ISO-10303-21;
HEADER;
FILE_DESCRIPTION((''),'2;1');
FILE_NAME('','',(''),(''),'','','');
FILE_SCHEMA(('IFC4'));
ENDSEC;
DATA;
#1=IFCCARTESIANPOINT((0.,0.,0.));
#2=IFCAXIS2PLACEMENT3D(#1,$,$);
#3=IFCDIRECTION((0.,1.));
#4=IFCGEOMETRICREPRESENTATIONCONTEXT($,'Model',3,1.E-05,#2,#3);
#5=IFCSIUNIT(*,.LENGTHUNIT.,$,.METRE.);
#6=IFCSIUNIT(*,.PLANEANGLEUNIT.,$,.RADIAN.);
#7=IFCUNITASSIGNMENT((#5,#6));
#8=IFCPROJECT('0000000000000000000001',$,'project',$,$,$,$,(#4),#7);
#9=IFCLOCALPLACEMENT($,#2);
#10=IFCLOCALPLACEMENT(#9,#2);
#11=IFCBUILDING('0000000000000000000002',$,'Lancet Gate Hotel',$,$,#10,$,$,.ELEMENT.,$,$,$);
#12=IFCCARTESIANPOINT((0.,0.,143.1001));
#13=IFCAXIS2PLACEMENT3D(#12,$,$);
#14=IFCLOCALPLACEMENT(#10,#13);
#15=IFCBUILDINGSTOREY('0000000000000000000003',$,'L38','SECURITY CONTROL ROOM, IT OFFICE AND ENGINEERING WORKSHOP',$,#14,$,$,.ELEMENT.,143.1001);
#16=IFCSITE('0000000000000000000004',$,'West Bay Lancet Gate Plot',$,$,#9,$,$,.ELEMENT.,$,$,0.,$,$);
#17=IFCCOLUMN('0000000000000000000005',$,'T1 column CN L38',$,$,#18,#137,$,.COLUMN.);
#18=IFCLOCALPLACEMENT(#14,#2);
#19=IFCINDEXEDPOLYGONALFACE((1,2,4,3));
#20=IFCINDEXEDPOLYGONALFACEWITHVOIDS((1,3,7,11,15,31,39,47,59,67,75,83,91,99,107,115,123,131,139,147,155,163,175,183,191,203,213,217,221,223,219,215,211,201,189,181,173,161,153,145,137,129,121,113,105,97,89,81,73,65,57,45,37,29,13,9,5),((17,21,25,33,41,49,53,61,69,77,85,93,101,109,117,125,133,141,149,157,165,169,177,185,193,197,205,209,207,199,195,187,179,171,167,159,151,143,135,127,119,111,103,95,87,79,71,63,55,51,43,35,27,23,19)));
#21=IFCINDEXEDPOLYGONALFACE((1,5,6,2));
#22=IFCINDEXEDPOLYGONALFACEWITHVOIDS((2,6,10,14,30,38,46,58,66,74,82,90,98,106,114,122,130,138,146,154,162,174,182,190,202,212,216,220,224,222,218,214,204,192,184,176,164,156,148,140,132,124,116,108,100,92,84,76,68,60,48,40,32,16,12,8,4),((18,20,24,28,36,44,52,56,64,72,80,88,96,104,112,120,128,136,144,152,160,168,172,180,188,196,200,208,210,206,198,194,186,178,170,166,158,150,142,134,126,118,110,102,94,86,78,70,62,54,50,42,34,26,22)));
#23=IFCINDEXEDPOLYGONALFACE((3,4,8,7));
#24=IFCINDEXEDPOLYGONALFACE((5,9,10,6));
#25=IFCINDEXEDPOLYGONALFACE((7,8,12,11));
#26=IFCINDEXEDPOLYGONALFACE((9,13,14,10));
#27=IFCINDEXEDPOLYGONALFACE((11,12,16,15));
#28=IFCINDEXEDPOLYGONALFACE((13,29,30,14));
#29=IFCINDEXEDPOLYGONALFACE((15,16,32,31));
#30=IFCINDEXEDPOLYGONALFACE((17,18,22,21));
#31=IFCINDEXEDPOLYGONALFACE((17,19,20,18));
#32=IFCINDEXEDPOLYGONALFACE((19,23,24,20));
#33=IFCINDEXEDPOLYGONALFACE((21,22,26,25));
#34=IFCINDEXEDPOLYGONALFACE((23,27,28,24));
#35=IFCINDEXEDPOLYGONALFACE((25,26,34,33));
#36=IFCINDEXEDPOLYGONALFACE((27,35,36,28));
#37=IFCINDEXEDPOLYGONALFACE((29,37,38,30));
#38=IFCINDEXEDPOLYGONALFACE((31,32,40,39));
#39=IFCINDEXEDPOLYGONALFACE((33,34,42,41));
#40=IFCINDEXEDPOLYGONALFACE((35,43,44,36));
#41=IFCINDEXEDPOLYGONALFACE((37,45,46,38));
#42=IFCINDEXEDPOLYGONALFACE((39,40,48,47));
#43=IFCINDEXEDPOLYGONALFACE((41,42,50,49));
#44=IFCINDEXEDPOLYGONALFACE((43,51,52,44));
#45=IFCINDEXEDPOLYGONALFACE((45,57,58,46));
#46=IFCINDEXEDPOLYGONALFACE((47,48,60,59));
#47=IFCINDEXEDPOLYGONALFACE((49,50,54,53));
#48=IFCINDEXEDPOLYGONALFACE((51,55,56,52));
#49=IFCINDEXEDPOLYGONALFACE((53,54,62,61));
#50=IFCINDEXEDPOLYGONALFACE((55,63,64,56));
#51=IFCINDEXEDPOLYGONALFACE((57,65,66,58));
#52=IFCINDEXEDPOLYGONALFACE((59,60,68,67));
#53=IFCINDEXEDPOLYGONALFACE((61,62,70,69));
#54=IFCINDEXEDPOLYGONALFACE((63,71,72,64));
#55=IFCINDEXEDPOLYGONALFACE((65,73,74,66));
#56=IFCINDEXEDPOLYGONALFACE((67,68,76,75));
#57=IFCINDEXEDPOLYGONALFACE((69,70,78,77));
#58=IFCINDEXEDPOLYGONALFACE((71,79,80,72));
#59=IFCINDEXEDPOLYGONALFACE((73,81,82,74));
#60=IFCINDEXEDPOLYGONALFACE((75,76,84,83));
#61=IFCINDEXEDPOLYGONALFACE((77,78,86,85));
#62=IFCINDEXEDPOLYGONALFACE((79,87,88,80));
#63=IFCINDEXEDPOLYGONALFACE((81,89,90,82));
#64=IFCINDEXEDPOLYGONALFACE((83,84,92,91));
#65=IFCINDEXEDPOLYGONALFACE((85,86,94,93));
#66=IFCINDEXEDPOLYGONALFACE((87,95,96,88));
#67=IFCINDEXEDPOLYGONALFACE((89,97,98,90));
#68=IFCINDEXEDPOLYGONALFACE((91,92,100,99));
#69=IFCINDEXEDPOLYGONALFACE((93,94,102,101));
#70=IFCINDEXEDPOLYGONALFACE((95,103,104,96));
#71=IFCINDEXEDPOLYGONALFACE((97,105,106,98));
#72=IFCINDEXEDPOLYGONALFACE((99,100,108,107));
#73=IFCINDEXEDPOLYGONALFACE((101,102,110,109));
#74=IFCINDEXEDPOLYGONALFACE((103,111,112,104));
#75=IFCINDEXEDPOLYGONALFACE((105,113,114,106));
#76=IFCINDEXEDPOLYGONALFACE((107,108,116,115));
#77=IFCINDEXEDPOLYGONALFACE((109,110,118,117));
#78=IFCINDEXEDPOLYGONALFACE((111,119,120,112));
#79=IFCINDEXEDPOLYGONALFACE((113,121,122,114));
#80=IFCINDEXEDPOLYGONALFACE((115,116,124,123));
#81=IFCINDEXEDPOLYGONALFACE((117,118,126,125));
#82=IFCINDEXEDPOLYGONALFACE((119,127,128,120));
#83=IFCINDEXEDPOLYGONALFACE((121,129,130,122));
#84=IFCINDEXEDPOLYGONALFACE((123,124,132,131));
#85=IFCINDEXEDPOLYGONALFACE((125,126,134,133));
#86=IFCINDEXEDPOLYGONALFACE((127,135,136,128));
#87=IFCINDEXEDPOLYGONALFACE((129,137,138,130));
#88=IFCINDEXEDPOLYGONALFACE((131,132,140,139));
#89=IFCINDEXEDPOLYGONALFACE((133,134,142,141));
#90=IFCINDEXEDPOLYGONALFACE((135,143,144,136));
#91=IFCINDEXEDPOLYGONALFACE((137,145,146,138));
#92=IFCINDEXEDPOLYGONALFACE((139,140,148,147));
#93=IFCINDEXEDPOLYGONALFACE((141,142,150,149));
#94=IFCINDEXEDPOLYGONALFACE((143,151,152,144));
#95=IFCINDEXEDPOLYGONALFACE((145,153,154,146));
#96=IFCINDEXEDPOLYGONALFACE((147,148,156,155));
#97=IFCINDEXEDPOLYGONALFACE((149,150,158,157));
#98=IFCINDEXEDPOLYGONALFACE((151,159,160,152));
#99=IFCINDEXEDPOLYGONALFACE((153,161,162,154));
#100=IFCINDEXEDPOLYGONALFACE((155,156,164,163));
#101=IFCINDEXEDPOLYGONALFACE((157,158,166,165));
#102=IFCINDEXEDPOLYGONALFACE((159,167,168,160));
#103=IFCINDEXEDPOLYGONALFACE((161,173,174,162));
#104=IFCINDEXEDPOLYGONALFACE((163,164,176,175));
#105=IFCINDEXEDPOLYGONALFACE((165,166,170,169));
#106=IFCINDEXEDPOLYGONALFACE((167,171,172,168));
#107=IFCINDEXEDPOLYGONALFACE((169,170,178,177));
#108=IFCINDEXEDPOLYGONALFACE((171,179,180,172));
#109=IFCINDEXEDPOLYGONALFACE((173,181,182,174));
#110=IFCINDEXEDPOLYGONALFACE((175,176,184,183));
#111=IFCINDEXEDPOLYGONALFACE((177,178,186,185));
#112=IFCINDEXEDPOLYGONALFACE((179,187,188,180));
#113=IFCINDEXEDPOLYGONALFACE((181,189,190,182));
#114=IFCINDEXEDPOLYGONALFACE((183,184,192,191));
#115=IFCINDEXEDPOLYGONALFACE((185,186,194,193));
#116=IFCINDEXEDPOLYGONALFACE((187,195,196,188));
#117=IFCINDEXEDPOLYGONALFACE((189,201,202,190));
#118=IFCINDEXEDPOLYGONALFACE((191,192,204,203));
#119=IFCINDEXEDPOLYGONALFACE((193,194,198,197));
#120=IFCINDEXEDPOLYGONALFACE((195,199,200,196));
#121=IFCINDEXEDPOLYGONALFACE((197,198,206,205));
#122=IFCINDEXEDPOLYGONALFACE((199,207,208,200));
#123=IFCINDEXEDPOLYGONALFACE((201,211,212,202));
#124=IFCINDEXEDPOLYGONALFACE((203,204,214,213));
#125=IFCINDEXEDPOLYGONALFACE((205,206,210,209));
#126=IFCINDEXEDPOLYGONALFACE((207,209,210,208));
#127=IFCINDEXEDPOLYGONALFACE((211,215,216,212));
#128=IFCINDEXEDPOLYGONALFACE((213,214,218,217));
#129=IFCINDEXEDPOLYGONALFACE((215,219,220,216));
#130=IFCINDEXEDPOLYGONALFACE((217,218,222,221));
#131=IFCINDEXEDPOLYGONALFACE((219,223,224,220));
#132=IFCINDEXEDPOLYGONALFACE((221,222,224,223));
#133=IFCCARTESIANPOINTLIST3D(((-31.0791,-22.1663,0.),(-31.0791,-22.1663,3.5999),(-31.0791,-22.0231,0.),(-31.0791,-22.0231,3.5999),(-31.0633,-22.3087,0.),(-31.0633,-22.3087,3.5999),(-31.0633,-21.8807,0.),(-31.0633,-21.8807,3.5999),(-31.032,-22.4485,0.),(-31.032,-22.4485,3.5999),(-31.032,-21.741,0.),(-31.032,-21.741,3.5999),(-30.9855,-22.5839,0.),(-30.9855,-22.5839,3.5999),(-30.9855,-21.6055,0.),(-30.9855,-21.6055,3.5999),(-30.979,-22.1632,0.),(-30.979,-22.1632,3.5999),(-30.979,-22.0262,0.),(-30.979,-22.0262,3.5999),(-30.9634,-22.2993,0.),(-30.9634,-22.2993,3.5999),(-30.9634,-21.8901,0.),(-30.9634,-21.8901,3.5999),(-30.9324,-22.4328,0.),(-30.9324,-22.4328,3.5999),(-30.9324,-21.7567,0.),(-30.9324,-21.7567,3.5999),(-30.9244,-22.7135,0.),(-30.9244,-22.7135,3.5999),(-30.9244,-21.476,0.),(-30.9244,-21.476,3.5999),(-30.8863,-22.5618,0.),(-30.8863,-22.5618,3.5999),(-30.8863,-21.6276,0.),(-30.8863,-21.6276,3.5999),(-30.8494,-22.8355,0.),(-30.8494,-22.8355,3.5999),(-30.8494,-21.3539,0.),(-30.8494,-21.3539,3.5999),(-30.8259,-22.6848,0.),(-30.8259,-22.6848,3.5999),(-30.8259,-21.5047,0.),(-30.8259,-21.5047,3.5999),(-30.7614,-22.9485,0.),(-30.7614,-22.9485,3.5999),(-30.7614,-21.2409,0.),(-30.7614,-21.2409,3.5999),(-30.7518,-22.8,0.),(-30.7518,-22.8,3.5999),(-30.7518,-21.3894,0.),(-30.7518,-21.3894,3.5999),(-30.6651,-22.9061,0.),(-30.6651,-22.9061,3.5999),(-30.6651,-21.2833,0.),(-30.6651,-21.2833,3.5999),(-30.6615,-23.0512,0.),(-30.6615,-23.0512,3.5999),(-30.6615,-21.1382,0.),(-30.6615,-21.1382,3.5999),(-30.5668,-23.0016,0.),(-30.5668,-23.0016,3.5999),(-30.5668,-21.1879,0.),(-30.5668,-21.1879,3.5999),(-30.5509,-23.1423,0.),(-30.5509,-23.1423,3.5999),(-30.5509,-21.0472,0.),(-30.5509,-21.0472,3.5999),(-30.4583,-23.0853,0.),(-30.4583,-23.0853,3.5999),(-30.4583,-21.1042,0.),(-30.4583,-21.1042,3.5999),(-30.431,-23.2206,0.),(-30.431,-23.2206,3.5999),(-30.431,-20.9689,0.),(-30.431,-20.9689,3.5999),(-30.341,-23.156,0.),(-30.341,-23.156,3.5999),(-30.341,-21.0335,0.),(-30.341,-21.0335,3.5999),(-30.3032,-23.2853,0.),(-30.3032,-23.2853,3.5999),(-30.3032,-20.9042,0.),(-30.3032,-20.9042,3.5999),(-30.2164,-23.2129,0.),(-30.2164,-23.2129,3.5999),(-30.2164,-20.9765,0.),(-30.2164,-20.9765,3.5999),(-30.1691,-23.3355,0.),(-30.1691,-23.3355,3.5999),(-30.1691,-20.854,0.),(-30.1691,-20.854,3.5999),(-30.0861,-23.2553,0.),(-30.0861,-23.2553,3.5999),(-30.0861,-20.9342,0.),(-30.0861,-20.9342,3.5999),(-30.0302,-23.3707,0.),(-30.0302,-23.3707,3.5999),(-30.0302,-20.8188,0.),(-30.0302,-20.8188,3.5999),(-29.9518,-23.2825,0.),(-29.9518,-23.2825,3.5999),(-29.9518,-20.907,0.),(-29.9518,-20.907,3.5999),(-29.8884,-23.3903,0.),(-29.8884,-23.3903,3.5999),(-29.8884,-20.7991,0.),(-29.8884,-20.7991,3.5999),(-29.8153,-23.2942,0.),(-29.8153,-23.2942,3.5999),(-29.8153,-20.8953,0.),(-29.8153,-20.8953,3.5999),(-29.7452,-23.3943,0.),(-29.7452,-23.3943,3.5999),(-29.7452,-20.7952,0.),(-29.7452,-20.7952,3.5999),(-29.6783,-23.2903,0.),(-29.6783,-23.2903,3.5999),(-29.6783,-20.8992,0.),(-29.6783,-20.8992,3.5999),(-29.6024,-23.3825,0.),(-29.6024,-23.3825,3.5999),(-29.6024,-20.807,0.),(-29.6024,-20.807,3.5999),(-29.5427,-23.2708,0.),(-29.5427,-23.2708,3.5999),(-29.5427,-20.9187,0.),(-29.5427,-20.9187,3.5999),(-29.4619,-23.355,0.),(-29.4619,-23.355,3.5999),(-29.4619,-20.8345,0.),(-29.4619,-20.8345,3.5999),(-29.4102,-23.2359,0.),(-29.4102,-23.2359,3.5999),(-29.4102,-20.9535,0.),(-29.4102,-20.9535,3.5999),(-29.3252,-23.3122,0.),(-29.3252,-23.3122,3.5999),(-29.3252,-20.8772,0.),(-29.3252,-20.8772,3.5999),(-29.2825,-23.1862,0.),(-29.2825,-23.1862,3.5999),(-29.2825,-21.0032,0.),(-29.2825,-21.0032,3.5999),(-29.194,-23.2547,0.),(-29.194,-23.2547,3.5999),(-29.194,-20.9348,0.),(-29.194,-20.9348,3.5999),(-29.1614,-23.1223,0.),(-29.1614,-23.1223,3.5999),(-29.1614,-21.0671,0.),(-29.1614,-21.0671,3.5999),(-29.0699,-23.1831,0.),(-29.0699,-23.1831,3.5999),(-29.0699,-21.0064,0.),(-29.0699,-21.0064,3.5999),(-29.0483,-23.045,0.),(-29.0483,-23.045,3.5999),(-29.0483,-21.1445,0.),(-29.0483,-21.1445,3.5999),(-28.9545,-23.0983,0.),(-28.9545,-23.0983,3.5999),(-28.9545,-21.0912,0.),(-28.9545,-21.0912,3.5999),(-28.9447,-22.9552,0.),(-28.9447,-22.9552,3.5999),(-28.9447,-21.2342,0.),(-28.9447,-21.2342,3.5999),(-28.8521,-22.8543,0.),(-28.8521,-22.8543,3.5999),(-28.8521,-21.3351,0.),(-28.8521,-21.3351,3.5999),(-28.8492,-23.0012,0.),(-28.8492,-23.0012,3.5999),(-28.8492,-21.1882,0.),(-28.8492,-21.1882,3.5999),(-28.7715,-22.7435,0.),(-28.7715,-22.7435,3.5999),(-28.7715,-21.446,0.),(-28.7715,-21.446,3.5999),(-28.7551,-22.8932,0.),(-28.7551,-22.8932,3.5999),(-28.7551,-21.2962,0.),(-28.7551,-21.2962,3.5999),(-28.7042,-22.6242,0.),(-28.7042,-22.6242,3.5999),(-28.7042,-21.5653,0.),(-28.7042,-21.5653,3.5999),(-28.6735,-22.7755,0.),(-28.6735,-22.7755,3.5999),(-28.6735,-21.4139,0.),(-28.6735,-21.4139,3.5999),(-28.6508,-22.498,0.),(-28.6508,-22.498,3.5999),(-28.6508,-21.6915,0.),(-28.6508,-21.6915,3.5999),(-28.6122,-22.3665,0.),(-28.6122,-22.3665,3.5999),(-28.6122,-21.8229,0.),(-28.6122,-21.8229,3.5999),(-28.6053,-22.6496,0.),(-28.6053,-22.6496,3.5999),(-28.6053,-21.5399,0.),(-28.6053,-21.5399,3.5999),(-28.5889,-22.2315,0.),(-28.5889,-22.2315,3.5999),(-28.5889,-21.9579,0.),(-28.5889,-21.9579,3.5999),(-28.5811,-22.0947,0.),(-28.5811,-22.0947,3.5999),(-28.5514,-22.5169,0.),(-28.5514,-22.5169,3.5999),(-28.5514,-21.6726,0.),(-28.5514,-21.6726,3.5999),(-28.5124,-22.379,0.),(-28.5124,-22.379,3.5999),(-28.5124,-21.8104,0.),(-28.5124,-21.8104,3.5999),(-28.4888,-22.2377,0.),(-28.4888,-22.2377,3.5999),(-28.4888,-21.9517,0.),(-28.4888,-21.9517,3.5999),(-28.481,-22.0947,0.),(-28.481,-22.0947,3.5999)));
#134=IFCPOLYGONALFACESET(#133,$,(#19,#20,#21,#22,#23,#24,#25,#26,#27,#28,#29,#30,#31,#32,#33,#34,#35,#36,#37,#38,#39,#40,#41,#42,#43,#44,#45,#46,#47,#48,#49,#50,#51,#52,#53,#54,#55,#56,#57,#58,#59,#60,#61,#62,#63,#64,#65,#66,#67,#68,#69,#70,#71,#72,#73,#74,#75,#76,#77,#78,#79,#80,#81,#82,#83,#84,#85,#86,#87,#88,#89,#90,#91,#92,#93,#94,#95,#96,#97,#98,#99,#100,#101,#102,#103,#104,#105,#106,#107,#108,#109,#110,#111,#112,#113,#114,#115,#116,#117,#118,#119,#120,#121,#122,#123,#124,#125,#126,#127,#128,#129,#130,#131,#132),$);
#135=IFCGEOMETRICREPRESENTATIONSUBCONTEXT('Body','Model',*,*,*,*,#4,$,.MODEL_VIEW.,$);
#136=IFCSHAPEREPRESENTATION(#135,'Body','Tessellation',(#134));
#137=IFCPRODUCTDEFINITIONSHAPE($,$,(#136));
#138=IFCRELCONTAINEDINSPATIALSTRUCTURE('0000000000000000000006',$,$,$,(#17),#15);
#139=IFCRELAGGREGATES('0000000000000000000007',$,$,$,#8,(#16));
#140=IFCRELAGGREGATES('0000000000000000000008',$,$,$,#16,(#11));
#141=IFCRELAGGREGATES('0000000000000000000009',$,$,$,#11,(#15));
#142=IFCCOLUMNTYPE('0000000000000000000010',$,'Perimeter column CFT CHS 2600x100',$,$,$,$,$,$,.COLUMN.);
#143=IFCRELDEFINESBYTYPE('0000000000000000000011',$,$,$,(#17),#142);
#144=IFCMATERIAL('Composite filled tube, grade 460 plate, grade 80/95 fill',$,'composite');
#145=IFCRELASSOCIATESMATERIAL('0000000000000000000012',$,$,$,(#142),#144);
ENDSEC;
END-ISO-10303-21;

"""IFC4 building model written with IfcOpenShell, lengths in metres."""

from ifc_helpers import new_model, si_unit, direction, frame, origin, origin_2d, place, context, subcontext, project, spatial, hollow_circle, extrude, material, material_profile, profile_set, type_object, element, save


model = new_model("IFC4")

# Units and contexts
model_context = context("Model", 3, precision=1e-05, world=origin(), true_north=direction((0.0, 1.0)))
body_context = subcontext(model_context, "Body", "Model", "MODEL_VIEW")
ifc_project = project(units=[si_unit("LENGTHUNIT", "METRE"), si_unit("PLANEANGLEUNIT", "RADIAN")], contexts=[model_context])

# Site, building, storey
site_placement = place(None, origin())
site = spatial("IfcSite", under=ifc_project, at=site_placement, Name="West Bay Lancet Gate Plot", CompositionType="ELEMENT", RefElevation=0.0)
building_placement = place(site_placement, origin())
building = spatial("IfcBuilding", under=site, at=building_placement, Name="Lancet Gate Hotel", CompositionType="ELEMENT")
storey_placement = place(building_placement, frame((0.0, 0.0, 143.1001)))
storey = spatial("IfcBuildingStorey", under=building, at=storey_placement, Name="L38", Description="SECURITY CONTROL ROOM, IT OFFICE AND ENGINEERING WORKSHOP", CompositionType="ELEMENT", Elevation=143.1001)

# Column
ifc_material_1 = material(Name="Composite filled tube, grade 460 plate, grade 80/95 fill", Category="composite")
ifc_material_profile_1 = material_profile(ifc_material_1, hollow_circle(Radius=1.3, WallThickness=0.1001, at=origin_2d()), Name="CHS 2600x100")
ifc_profile_set_1 = profile_set([ifc_material_profile_1], Name="Composite filled tube, grade 460 plate, grade 80/95 fill")
column_type = type_object("IfcColumnType", Name="Perimeter column CFT CHS 2600x100", PredefinedType="COLUMN", material=ifc_profile_set_1)
for number, where, z_axis, x_axis, name in (
    (1, (-29.781, -22.0947, 0.0), (0.0, 0.0, 1.0), (1.0, 0.0, 0.0), "T1 column CN L38"),
):
    element("IfcColumn", number, at=place(storey_placement, frame(where, z_axis=z_axis, x_axis=x_axis)), inside=storey, type_object=column_type, Name=name, PredefinedType="COLUMN", context=body_context, shape_type="SweptSolid", body=[
        extrude(hollow_circle(Radius=1.3, WallThickness=0.1001, at=origin_2d()), origin(), (0.0, 0.0, 1.0), 3.5999),
    ])

save(model, "model.ifc")
